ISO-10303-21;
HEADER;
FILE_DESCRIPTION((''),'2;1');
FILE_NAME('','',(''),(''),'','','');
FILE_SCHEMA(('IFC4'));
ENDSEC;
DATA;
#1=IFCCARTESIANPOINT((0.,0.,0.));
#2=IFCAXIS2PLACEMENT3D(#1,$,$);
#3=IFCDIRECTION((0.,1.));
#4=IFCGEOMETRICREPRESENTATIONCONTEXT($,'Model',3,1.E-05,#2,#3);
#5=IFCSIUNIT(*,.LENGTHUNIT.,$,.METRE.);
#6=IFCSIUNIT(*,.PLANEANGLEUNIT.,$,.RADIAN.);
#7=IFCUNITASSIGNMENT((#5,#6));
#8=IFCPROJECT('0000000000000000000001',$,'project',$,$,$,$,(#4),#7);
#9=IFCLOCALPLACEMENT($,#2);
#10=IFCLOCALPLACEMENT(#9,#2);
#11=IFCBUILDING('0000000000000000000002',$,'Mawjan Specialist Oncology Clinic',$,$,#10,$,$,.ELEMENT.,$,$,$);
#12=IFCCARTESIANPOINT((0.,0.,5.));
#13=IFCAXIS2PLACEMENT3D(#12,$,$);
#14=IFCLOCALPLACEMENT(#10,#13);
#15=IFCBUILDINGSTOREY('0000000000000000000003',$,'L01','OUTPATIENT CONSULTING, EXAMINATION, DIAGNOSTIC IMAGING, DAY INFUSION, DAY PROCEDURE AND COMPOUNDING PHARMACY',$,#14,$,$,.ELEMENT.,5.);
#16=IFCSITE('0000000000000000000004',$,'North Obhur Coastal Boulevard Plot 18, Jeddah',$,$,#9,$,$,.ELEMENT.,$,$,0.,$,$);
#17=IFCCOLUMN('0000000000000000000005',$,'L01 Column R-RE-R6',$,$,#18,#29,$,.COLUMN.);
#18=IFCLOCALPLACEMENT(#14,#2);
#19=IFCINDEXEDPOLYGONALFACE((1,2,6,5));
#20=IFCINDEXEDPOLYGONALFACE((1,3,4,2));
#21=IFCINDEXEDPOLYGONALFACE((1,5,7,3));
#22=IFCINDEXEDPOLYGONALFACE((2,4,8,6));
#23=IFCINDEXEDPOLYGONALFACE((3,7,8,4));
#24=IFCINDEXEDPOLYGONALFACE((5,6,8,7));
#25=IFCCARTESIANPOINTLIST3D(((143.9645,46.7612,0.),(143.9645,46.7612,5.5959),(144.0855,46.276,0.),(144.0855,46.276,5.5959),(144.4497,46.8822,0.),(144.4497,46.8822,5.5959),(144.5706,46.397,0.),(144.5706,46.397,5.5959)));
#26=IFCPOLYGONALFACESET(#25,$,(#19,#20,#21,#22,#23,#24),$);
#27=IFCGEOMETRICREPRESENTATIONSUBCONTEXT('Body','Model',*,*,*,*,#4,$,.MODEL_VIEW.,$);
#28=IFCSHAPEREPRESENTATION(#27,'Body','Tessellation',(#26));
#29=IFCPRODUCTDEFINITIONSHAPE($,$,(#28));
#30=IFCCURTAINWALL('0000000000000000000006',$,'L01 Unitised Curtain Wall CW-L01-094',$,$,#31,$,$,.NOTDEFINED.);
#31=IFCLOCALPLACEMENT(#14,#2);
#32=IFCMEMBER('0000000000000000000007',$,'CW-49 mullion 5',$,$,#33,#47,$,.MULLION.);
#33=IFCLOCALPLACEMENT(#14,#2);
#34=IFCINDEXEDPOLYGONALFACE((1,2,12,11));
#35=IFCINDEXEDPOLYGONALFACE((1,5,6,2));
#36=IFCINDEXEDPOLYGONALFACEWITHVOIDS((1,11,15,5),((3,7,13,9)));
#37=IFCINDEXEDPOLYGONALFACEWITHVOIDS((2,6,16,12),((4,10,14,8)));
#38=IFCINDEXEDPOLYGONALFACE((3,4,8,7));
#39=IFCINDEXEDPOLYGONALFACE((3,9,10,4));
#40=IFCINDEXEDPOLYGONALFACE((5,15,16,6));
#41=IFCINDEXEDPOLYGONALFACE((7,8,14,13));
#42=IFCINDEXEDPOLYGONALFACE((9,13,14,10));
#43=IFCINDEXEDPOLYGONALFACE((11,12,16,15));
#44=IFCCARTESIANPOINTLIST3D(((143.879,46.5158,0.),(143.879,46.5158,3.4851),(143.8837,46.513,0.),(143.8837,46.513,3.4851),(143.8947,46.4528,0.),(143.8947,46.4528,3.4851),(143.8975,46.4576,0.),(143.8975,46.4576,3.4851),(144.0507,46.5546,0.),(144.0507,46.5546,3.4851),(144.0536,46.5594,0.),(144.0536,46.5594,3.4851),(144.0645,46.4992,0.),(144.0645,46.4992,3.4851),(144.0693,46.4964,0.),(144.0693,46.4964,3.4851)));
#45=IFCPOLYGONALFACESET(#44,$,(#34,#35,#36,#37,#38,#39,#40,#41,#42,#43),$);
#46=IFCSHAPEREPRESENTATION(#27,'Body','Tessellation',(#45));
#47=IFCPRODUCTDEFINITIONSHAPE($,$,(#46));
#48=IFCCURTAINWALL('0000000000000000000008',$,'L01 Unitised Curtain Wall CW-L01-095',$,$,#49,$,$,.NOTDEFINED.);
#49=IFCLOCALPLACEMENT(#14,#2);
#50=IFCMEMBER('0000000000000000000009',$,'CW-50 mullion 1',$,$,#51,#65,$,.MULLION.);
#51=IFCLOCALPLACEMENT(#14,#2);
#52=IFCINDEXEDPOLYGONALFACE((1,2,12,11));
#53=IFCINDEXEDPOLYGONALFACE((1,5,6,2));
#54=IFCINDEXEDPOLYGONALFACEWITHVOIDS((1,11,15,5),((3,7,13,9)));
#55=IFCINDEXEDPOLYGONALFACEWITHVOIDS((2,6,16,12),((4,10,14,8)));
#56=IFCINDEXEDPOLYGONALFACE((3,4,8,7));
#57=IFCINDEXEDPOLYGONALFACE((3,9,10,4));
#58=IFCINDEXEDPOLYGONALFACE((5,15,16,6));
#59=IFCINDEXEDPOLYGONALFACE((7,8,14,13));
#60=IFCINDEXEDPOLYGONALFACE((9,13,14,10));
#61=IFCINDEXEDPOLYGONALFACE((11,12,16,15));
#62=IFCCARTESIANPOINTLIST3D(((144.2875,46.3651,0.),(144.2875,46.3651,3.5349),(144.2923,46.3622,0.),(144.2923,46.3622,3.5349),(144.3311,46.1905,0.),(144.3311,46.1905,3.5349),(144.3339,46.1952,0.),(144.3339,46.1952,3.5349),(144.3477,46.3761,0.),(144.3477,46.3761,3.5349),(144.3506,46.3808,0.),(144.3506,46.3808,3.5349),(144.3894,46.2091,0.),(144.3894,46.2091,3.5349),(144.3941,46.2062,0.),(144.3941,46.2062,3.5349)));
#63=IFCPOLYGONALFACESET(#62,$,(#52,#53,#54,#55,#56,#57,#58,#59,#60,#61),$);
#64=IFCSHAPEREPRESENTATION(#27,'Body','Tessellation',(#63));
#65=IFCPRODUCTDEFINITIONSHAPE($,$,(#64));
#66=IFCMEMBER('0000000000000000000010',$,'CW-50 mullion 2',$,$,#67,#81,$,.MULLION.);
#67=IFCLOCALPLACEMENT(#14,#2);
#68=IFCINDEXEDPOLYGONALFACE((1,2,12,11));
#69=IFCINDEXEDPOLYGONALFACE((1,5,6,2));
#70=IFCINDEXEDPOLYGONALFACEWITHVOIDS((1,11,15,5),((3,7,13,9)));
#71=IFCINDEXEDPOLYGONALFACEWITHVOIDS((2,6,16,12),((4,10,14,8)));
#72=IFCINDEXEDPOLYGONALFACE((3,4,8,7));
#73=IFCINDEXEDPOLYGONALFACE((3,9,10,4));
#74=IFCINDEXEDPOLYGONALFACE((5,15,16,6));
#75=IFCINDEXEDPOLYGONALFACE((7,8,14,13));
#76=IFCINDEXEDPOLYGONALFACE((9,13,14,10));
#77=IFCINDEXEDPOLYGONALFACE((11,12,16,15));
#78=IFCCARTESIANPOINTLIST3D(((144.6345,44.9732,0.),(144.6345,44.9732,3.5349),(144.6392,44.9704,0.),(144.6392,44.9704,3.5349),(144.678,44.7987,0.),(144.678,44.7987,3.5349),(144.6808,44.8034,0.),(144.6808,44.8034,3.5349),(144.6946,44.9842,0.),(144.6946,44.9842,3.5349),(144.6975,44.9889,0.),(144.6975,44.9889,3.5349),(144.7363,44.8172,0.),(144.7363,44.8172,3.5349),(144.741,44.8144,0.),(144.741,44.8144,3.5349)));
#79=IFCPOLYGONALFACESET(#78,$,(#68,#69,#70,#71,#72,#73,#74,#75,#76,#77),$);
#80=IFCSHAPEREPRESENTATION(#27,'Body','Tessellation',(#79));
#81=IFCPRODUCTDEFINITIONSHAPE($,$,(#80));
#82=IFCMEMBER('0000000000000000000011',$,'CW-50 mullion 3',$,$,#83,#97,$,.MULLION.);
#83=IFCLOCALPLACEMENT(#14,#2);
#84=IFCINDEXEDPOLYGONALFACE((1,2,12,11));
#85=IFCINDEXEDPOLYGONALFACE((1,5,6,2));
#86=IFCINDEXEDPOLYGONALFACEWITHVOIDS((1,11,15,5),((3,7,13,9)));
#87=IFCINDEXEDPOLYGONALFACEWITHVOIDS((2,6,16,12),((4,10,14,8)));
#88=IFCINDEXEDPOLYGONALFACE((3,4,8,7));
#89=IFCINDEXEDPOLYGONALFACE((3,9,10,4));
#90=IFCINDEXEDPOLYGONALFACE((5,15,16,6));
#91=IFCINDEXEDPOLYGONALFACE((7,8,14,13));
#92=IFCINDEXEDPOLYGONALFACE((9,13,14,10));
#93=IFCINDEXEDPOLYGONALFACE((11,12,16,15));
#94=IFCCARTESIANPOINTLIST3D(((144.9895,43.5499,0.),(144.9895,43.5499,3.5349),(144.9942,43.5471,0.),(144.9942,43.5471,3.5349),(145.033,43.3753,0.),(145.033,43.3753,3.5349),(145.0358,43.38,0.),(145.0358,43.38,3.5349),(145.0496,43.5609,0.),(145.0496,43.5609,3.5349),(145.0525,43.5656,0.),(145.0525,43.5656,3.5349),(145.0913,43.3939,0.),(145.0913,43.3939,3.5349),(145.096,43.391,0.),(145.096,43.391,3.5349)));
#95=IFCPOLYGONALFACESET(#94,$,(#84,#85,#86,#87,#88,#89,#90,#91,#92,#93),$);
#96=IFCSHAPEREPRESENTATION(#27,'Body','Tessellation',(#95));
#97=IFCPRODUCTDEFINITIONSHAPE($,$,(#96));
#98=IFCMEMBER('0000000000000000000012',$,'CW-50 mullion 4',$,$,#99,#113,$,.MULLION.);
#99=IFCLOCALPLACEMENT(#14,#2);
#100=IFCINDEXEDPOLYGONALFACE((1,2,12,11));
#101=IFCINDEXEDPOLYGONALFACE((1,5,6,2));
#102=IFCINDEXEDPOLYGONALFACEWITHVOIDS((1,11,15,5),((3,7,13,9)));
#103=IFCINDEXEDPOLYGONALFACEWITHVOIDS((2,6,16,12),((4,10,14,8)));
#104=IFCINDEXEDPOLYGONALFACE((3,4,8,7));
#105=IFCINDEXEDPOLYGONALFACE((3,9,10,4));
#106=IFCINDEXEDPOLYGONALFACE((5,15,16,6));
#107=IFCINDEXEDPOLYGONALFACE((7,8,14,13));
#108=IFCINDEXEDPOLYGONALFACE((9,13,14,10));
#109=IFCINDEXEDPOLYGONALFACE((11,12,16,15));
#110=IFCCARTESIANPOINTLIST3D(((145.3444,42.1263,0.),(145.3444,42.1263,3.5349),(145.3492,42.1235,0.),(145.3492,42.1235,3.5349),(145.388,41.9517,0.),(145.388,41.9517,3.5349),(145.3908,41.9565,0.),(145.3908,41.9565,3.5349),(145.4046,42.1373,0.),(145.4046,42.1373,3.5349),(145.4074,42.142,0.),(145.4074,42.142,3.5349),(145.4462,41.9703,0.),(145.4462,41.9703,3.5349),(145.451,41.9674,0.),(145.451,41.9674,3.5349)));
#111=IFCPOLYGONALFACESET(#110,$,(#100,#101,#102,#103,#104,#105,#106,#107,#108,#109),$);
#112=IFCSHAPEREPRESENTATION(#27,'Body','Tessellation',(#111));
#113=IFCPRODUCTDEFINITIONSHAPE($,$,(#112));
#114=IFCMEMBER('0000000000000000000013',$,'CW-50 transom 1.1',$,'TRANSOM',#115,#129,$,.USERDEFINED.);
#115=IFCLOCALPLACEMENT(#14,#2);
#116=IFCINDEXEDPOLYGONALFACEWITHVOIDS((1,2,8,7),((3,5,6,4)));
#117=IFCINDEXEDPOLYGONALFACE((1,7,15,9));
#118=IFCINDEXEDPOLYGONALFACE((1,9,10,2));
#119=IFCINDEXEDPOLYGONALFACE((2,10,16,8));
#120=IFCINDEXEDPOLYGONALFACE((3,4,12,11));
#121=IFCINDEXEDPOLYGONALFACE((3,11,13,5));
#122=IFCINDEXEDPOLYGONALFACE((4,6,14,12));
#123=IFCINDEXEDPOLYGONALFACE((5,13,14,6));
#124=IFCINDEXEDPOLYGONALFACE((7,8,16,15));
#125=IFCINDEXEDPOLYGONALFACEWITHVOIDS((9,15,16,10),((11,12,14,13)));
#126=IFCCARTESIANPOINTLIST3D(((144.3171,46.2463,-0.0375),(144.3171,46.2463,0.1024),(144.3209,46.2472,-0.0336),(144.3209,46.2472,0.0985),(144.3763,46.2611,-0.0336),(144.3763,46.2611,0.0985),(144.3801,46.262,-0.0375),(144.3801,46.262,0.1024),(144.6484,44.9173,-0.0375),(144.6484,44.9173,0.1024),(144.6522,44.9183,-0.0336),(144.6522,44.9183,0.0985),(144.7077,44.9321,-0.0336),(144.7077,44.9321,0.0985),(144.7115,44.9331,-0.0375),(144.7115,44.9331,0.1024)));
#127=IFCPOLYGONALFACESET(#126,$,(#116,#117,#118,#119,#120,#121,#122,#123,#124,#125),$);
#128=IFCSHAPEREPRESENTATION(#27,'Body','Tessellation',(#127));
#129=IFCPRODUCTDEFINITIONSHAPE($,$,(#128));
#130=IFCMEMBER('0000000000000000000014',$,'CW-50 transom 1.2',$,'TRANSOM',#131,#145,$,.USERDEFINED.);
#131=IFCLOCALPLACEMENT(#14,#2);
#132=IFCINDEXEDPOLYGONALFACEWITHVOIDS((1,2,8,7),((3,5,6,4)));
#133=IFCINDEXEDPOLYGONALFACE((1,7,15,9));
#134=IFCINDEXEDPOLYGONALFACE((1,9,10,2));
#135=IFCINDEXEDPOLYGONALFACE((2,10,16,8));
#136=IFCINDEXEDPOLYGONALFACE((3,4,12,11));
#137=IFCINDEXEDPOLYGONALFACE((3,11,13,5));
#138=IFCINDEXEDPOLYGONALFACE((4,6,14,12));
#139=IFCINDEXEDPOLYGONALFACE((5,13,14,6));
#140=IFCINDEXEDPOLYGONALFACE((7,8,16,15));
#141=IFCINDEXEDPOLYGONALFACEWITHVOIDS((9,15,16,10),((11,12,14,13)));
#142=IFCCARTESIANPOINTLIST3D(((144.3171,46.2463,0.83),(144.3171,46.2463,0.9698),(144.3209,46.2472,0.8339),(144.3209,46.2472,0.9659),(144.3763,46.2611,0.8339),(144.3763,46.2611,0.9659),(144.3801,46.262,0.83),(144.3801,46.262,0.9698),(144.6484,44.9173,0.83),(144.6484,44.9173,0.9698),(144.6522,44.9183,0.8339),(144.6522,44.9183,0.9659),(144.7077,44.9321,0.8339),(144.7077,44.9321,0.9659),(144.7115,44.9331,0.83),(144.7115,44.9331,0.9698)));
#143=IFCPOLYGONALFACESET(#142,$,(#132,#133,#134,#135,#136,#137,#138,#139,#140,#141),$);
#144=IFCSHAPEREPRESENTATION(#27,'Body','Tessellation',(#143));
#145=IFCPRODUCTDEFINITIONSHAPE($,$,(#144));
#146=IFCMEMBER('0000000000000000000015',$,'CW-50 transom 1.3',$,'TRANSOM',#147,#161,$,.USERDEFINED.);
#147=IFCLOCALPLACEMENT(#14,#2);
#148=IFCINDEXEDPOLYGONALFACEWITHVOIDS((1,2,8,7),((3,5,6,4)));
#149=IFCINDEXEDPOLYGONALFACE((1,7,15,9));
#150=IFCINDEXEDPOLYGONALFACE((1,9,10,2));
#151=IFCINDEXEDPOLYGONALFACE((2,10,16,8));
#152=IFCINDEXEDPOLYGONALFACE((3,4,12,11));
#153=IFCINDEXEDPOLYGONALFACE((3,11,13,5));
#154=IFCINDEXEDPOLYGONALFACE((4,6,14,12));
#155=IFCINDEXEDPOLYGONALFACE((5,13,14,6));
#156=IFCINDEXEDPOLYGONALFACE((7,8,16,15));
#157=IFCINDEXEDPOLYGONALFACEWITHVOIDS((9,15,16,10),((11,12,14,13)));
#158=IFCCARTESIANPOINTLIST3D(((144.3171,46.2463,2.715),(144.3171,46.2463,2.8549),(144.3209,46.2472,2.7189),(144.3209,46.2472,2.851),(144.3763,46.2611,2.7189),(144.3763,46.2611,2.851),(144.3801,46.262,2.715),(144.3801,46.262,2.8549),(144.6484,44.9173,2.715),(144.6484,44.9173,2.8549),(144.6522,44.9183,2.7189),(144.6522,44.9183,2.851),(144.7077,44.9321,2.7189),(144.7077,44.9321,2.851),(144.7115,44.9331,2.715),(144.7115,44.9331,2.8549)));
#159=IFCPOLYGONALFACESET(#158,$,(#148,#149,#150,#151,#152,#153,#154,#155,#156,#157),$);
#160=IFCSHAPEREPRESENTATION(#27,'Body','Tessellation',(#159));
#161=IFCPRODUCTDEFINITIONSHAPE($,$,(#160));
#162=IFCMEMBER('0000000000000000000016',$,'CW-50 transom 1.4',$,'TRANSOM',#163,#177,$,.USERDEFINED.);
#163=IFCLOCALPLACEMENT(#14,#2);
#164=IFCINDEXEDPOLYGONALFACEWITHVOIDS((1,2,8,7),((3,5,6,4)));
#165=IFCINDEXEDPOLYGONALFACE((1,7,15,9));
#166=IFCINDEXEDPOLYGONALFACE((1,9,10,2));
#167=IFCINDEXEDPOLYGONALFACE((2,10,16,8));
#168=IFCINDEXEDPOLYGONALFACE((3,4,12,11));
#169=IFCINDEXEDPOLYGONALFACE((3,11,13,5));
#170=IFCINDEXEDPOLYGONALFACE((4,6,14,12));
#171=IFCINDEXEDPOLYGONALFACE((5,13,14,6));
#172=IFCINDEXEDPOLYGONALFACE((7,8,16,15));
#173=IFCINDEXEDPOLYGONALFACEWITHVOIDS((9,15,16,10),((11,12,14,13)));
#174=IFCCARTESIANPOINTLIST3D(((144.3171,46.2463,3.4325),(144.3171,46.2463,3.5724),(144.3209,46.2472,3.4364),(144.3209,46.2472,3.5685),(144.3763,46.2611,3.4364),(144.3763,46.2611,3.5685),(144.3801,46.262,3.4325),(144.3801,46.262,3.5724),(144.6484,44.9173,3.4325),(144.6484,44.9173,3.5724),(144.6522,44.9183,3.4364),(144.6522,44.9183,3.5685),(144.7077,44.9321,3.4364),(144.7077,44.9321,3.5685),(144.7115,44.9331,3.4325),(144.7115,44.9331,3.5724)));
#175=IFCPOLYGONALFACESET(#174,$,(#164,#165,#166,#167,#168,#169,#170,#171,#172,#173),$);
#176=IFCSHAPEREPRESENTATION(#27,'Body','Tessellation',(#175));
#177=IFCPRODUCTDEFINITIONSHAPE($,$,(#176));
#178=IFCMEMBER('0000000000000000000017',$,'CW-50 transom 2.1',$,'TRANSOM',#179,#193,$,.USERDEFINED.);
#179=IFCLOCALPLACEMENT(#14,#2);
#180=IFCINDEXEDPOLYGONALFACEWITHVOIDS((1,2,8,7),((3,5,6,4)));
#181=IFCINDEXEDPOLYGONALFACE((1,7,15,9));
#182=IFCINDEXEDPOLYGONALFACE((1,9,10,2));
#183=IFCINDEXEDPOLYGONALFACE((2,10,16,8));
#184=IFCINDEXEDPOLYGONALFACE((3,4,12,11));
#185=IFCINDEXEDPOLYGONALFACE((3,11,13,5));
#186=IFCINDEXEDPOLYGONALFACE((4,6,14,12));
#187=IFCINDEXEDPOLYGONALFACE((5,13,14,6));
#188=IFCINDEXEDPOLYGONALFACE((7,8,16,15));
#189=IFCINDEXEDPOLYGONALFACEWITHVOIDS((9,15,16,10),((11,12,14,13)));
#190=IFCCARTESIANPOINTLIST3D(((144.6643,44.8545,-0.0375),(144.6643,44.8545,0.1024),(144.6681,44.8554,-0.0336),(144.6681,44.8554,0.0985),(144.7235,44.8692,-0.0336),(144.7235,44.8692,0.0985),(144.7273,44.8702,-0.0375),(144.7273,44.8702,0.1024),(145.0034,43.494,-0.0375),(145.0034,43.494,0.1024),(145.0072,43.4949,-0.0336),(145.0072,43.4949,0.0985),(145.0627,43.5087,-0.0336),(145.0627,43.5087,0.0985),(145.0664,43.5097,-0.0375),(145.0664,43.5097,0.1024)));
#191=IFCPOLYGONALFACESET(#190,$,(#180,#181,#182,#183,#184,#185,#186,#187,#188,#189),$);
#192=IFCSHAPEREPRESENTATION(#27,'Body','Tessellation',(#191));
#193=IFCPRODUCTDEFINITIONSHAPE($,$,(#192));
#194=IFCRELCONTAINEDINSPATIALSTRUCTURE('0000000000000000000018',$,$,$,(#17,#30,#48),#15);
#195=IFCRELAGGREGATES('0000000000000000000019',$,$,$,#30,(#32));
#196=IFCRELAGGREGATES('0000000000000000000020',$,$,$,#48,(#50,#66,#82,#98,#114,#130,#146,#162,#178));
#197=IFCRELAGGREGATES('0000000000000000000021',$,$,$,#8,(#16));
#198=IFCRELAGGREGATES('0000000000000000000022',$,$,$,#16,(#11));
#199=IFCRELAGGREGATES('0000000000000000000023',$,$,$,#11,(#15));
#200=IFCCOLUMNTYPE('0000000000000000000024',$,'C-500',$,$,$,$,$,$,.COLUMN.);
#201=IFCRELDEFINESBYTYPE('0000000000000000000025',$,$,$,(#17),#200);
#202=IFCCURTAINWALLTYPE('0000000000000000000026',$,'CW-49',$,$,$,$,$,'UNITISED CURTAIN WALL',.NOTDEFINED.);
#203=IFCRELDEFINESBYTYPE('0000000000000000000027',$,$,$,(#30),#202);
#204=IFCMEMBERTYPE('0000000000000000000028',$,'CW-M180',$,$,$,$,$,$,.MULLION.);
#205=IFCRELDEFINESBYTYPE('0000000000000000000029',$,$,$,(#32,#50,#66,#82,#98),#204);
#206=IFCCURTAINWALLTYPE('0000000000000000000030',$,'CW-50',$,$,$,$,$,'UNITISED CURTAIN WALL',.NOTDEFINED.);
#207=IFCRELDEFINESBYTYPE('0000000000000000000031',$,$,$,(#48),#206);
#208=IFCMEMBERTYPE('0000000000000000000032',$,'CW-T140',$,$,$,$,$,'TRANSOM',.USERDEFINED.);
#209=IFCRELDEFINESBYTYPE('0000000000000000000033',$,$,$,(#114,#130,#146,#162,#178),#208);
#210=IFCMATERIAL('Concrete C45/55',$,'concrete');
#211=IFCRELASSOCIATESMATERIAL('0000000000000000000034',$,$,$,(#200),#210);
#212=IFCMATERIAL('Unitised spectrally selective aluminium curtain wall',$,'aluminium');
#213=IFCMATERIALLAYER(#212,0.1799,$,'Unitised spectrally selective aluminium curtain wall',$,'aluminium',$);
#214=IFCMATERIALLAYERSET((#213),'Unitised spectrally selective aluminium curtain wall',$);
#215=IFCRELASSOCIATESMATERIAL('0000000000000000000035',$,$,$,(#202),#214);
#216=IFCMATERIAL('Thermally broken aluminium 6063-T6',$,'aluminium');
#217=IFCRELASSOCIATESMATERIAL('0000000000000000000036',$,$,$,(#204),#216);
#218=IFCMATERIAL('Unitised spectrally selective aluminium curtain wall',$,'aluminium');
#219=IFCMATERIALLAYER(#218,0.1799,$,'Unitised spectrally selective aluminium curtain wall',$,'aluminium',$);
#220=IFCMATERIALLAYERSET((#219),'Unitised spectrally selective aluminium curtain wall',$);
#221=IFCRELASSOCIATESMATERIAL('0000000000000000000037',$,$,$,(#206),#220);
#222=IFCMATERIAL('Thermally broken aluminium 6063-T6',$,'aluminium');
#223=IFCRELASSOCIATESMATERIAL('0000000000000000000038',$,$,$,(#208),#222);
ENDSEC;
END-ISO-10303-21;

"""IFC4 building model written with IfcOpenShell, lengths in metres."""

from ifc_helpers import new_model, si_unit, direction, frame, origin, origin_2d, place, context, subcontext, project, spatial, rectangle, hollow_rectangle, extrude, material, layer, layer_set, material_profile, profile_set, type_object, element, aggregate, save


model = new_model("IFC4")

# Units and contexts
model_context = context("Model", 3, precision=1e-05, world=origin(), true_north=direction((0.0, 1.0)))
body_context = subcontext(model_context, "Body", "Model", "MODEL_VIEW")
ifc_project = project(units=[si_unit("LENGTHUNIT", "METRE"), si_unit("PLANEANGLEUNIT", "RADIAN")], contexts=[model_context])

# Site, building, storey
site_placement = place(None, origin())
site = spatial("IfcSite", under=ifc_project, at=site_placement, Name="North Obhur Coastal Boulevard Plot 18, Jeddah", CompositionType="ELEMENT", RefElevation=0.0)
building_placement = place(site_placement, origin())
building = spatial("IfcBuilding", under=site, at=building_placement, Name="Mawjan Specialist Oncology Clinic", CompositionType="ELEMENT")
storey_placement = place(building_placement, frame((0.0, 0.0, 5.0)))
storey = spatial("IfcBuildingStorey", under=building, at=storey_placement, Name="L01", Description="OUTPATIENT CONSULTING, EXAMINATION, DIAGNOSTIC IMAGING, DAY INFUSION, DAY PROCEDURE AND COMPOUNDING PHARMACY", CompositionType="ELEMENT", Elevation=5.0)

# Column
ifc_material_1 = material(Name="Concrete C45/55", Category="concrete")
ifc_material_profile_1 = material_profile(ifc_material_1, rectangle(XDim=0.5, YDim=0.5, at=origin_2d()), Name="RC COL 500x500", Category="concrete")
ifc_profile_set_1 = profile_set([ifc_material_profile_1], Name="Concrete C45/55")
column_type = type_object("IfcColumnType", Name="C-500", PredefinedType="COLUMN", material=ifc_profile_set_1)
column_placement = place(storey_placement, frame((144.2676, 46.5791, 0.0), z_axis=(0.0, 0.0, 1.0), x_axis=(0.970296, 0.241922, 0.0)))
element("IfcColumn", 1, at=column_placement, inside=storey, type_object=column_type, Name="L01 Column R-RE-R6", PredefinedType="COLUMN", context=body_context, shape_type="SweptSolid", body=[
    extrude(rectangle(XDim=0.5, YDim=0.5, at=origin_2d()), origin(), (0.0, 0.0, 1.0), 5.5959),
])

# Curtain wall, member
ifc_material_2 = material(Name="Unitised spectrally selective aluminium curtain wall", Category="aluminium")
ifc_layer_1 = layer(ifc_material_2, 0.1799, Name="Unitised spectrally selective aluminium curtain wall", Category="aluminium")
ifc_layer_set_1 = layer_set([ifc_layer_1], Name="Unitised spectrally selective aluminium curtain wall")
curtain_wall_type_1 = type_object("IfcCurtainWallType", Name="CW-49", ElementType="UNITISED CURTAIN WALL", PredefinedType="NOTDEFINED", material=ifc_layer_set_1)
curtain_wall_1_placement = place(storey_placement, origin())
curtain_wall_1 = element("IfcCurtainWall", 2, at=curtain_wall_1_placement, inside=storey, type_object=curtain_wall_type_1, Name="L01 Unitised Curtain Wall CW-L01-094", PredefinedType="NOTDEFINED")
ifc_material_3 = material(Name="Thermally broken aluminium 6063-T6", Category="aluminium")
ifc_material_profile_2 = material_profile(ifc_material_3, hollow_rectangle(XDim=0.0649, YDim=0.1799, WallThickness=0.0039, at=origin_2d()), Name="ALU MULLION 180x65x4", Category="aluminium")
ifc_profile_set_2 = profile_set([ifc_material_profile_2], Name="Thermally broken aluminium 6063-T6")
member_type_1 = type_object("IfcMemberType", Name="CW-M180", PredefinedType="MULLION", material=ifc_profile_set_2)
member_1_placement = place(storey_placement, frame((143.9741, 46.5061, 0.0), z_axis=(0.0, 0.0, 1.0), x_axis=(-0.241922, 0.970296, 0.0)))
member_1 = element("IfcMember", 3, at=member_1_placement, type_object=member_type_1, Name="CW-49 mullion 5", PredefinedType="MULLION", context=body_context, shape_type="SweptSolid", body=[
    extrude(hollow_rectangle(XDim=0.0649, YDim=0.1799, WallThickness=0.0039, at=origin_2d()), origin(), (0.0, 0.0, 1.0), 3.4851),
])

# Curtain wall, members
ifc_material_4 = material(Name="Unitised spectrally selective aluminium curtain wall", Category="aluminium")
ifc_layer_2 = layer(ifc_material_4, 0.1799, Name="Unitised spectrally selective aluminium curtain wall", Category="aluminium")
ifc_layer_set_2 = layer_set([ifc_layer_2], Name="Unitised spectrally selective aluminium curtain wall")
curtain_wall_type_2 = type_object("IfcCurtainWallType", Name="CW-50", ElementType="UNITISED CURTAIN WALL", PredefinedType="NOTDEFINED", material=ifc_layer_set_2)
curtain_wall_2_placement = place(storey_placement, origin())
curtain_wall_2 = element("IfcCurtainWall", 4, at=curtain_wall_2_placement, inside=storey, type_object=curtain_wall_type_2, Name="L01 Unitised Curtain Wall CW-L01-095", PredefinedType="NOTDEFINED")
member_2_placement = place(storey_placement, frame((144.3408, 46.2856, 0.0), z_axis=(0.0, 0.0, 1.0), x_axis=(0.970296, 0.241922, 0.0)))
member_2 = element("IfcMember", 5, at=member_2_placement, type_object=member_type_1, Name="CW-50 mullion 1", PredefinedType="MULLION", context=body_context, shape_type="SweptSolid", body=[
    extrude(hollow_rectangle(XDim=0.0649, YDim=0.1799, WallThickness=0.0039, at=origin_2d()), origin(), (0.0, 0.0, 1.0), 3.5349),
])
member_3_placement = place(storey_placement, frame((144.6877, 44.8938, 0.0), z_axis=(0.0, 0.0, 1.0), x_axis=(0.970296, 0.241922, 0.0)))
member_3 = element("IfcMember", 6, at=member_3_placement, type_object=member_type_1, Name="CW-50 mullion 2", PredefinedType="MULLION", context=body_context, shape_type="SweptSolid", body=[
    extrude(hollow_rectangle(XDim=0.0649, YDim=0.1799, WallThickness=0.0039, at=origin_2d()), origin(), (0.0, 0.0, 1.0), 3.5349),
])
member_4_placement = place(storey_placement, frame((145.0427, 43.4705, 0.0), z_axis=(0.0, 0.0, 1.0), x_axis=(0.970296, 0.241922, 0.0)))
member_4 = element("IfcMember", 7, at=member_4_placement, type_object=member_type_1, Name="CW-50 mullion 3", PredefinedType="MULLION", context=body_context, shape_type="SweptSolid", body=[
    extrude(hollow_rectangle(XDim=0.0649, YDim=0.1799, WallThickness=0.0039, at=origin_2d()), origin(), (0.0, 0.0, 1.0), 3.5349),
])
member_5_placement = place(storey_placement, frame((145.3977, 42.0469, 0.0), z_axis=(0.0, 0.0, 1.0), x_axis=(0.970296, 0.241922, 0.0)))
member_5 = element("IfcMember", 8, at=member_5_placement, type_object=member_type_1, Name="CW-50 mullion 4", PredefinedType="MULLION", context=body_context, shape_type="SweptSolid", body=[
    extrude(hollow_rectangle(XDim=0.0649, YDim=0.1799, WallThickness=0.0039, at=origin_2d()), origin(), (0.0, 0.0, 1.0), 3.5349),
])
ifc_material_5 = material(Name="Thermally broken aluminium 6063-T6", Category="aluminium")
ifc_material_profile_3 = material_profile(ifc_material_5, hollow_rectangle(XDim=0.0649, YDim=0.1399, WallThickness=0.0039, at=origin_2d()), Name="ALU TRANSOM 140x65x4", Category="aluminium")
ifc_profile_set_3 = profile_set([ifc_material_profile_3], Name="Thermally broken aluminium 6063-T6")
member_type_2 = type_object("IfcMemberType", Name="CW-T140", ElementType="TRANSOM", PredefinedType="USERDEFINED", material=ifc_profile_set_3)
member_6_placement = place(storey_placement, frame((144.3486, 46.2542, 0.0325), z_axis=(0.241906, -0.9703, 0.0), x_axis=(0.9703, 0.241906, 0.0)))
member_6 = element("IfcMember", 9, at=member_6_placement, type_object=member_type_2, Name="CW-50 transom 1.1", ObjectType="TRANSOM", PredefinedType="USERDEFINED", context=body_context, shape_type="SweptSolid", body=[
    extrude(hollow_rectangle(XDim=0.0649, YDim=0.1399, WallThickness=0.0039, at=origin_2d()), origin(), (0.0, 0.0, 1.0), 1.3696),
])
member_7_placement = place(storey_placement, frame((144.3486, 46.2542, 0.8999), z_axis=(0.241906, -0.9703, 0.0), x_axis=(0.9703, 0.241906, 0.0)))
member_7 = element("IfcMember", 10, at=member_7_placement, type_object=member_type_2, Name="CW-50 transom 1.2", ObjectType="TRANSOM", PredefinedType="USERDEFINED", context=body_context, shape_type="SweptSolid", body=[
    extrude(hollow_rectangle(XDim=0.0649, YDim=0.1399, WallThickness=0.0039, at=origin_2d()), origin(), (0.0, 0.0, 1.0), 1.3696),
])
member_8_placement = place(storey_placement, frame((144.3486, 46.2542, 2.7849), z_axis=(0.241906, -0.9703, 0.0), x_axis=(0.9703, 0.241906, 0.0)))
member_8 = element("IfcMember", 11, at=member_8_placement, type_object=member_type_2, Name="CW-50 transom 1.3", ObjectType="TRANSOM", PredefinedType="USERDEFINED", context=body_context, shape_type="SweptSolid", body=[
    extrude(hollow_rectangle(XDim=0.0649, YDim=0.1399, WallThickness=0.0039, at=origin_2d()), origin(), (0.0, 0.0, 1.0), 1.3696),
])
member_9_placement = place(storey_placement, frame((144.3486, 46.2542, 3.5024), z_axis=(0.241906, -0.9703, 0.0), x_axis=(0.9703, 0.241906, 0.0)))
member_9 = element("IfcMember", 12, at=member_9_placement, type_object=member_type_2, Name="CW-50 transom 1.4", ObjectType="TRANSOM", PredefinedType="USERDEFINED", context=body_context, shape_type="SweptSolid", body=[
    extrude(hollow_rectangle(XDim=0.0649, YDim=0.1399, WallThickness=0.0039, at=origin_2d()), origin(), (0.0, 0.0, 1.0), 1.3696),
])
member_10_placement = place(storey_placement, frame((144.6958, 44.8623, 0.0325), z_axis=(0.24188, -0.970306, 0.0), x_axis=(0.970306, 0.24188, 0.0)))
member_10 = element("IfcMember", 13, at=member_10_placement, type_object=member_type_2, Name="CW-50 transom 2.1", ObjectType="TRANSOM", PredefinedType="USERDEFINED", context=body_context, shape_type="SweptSolid", body=[
    extrude(hollow_rectangle(XDim=0.0649, YDim=0.1399, WallThickness=0.0039, at=origin_2d()), origin(), (0.0, 0.0, 1.0), 1.4021),
])

aggregate(curtain_wall_1, [member_1])
aggregate(curtain_wall_2, [member_2, member_3, member_4, member_5, member_6, member_7, member_8, member_9, member_10])

save(model, "model.ifc")
